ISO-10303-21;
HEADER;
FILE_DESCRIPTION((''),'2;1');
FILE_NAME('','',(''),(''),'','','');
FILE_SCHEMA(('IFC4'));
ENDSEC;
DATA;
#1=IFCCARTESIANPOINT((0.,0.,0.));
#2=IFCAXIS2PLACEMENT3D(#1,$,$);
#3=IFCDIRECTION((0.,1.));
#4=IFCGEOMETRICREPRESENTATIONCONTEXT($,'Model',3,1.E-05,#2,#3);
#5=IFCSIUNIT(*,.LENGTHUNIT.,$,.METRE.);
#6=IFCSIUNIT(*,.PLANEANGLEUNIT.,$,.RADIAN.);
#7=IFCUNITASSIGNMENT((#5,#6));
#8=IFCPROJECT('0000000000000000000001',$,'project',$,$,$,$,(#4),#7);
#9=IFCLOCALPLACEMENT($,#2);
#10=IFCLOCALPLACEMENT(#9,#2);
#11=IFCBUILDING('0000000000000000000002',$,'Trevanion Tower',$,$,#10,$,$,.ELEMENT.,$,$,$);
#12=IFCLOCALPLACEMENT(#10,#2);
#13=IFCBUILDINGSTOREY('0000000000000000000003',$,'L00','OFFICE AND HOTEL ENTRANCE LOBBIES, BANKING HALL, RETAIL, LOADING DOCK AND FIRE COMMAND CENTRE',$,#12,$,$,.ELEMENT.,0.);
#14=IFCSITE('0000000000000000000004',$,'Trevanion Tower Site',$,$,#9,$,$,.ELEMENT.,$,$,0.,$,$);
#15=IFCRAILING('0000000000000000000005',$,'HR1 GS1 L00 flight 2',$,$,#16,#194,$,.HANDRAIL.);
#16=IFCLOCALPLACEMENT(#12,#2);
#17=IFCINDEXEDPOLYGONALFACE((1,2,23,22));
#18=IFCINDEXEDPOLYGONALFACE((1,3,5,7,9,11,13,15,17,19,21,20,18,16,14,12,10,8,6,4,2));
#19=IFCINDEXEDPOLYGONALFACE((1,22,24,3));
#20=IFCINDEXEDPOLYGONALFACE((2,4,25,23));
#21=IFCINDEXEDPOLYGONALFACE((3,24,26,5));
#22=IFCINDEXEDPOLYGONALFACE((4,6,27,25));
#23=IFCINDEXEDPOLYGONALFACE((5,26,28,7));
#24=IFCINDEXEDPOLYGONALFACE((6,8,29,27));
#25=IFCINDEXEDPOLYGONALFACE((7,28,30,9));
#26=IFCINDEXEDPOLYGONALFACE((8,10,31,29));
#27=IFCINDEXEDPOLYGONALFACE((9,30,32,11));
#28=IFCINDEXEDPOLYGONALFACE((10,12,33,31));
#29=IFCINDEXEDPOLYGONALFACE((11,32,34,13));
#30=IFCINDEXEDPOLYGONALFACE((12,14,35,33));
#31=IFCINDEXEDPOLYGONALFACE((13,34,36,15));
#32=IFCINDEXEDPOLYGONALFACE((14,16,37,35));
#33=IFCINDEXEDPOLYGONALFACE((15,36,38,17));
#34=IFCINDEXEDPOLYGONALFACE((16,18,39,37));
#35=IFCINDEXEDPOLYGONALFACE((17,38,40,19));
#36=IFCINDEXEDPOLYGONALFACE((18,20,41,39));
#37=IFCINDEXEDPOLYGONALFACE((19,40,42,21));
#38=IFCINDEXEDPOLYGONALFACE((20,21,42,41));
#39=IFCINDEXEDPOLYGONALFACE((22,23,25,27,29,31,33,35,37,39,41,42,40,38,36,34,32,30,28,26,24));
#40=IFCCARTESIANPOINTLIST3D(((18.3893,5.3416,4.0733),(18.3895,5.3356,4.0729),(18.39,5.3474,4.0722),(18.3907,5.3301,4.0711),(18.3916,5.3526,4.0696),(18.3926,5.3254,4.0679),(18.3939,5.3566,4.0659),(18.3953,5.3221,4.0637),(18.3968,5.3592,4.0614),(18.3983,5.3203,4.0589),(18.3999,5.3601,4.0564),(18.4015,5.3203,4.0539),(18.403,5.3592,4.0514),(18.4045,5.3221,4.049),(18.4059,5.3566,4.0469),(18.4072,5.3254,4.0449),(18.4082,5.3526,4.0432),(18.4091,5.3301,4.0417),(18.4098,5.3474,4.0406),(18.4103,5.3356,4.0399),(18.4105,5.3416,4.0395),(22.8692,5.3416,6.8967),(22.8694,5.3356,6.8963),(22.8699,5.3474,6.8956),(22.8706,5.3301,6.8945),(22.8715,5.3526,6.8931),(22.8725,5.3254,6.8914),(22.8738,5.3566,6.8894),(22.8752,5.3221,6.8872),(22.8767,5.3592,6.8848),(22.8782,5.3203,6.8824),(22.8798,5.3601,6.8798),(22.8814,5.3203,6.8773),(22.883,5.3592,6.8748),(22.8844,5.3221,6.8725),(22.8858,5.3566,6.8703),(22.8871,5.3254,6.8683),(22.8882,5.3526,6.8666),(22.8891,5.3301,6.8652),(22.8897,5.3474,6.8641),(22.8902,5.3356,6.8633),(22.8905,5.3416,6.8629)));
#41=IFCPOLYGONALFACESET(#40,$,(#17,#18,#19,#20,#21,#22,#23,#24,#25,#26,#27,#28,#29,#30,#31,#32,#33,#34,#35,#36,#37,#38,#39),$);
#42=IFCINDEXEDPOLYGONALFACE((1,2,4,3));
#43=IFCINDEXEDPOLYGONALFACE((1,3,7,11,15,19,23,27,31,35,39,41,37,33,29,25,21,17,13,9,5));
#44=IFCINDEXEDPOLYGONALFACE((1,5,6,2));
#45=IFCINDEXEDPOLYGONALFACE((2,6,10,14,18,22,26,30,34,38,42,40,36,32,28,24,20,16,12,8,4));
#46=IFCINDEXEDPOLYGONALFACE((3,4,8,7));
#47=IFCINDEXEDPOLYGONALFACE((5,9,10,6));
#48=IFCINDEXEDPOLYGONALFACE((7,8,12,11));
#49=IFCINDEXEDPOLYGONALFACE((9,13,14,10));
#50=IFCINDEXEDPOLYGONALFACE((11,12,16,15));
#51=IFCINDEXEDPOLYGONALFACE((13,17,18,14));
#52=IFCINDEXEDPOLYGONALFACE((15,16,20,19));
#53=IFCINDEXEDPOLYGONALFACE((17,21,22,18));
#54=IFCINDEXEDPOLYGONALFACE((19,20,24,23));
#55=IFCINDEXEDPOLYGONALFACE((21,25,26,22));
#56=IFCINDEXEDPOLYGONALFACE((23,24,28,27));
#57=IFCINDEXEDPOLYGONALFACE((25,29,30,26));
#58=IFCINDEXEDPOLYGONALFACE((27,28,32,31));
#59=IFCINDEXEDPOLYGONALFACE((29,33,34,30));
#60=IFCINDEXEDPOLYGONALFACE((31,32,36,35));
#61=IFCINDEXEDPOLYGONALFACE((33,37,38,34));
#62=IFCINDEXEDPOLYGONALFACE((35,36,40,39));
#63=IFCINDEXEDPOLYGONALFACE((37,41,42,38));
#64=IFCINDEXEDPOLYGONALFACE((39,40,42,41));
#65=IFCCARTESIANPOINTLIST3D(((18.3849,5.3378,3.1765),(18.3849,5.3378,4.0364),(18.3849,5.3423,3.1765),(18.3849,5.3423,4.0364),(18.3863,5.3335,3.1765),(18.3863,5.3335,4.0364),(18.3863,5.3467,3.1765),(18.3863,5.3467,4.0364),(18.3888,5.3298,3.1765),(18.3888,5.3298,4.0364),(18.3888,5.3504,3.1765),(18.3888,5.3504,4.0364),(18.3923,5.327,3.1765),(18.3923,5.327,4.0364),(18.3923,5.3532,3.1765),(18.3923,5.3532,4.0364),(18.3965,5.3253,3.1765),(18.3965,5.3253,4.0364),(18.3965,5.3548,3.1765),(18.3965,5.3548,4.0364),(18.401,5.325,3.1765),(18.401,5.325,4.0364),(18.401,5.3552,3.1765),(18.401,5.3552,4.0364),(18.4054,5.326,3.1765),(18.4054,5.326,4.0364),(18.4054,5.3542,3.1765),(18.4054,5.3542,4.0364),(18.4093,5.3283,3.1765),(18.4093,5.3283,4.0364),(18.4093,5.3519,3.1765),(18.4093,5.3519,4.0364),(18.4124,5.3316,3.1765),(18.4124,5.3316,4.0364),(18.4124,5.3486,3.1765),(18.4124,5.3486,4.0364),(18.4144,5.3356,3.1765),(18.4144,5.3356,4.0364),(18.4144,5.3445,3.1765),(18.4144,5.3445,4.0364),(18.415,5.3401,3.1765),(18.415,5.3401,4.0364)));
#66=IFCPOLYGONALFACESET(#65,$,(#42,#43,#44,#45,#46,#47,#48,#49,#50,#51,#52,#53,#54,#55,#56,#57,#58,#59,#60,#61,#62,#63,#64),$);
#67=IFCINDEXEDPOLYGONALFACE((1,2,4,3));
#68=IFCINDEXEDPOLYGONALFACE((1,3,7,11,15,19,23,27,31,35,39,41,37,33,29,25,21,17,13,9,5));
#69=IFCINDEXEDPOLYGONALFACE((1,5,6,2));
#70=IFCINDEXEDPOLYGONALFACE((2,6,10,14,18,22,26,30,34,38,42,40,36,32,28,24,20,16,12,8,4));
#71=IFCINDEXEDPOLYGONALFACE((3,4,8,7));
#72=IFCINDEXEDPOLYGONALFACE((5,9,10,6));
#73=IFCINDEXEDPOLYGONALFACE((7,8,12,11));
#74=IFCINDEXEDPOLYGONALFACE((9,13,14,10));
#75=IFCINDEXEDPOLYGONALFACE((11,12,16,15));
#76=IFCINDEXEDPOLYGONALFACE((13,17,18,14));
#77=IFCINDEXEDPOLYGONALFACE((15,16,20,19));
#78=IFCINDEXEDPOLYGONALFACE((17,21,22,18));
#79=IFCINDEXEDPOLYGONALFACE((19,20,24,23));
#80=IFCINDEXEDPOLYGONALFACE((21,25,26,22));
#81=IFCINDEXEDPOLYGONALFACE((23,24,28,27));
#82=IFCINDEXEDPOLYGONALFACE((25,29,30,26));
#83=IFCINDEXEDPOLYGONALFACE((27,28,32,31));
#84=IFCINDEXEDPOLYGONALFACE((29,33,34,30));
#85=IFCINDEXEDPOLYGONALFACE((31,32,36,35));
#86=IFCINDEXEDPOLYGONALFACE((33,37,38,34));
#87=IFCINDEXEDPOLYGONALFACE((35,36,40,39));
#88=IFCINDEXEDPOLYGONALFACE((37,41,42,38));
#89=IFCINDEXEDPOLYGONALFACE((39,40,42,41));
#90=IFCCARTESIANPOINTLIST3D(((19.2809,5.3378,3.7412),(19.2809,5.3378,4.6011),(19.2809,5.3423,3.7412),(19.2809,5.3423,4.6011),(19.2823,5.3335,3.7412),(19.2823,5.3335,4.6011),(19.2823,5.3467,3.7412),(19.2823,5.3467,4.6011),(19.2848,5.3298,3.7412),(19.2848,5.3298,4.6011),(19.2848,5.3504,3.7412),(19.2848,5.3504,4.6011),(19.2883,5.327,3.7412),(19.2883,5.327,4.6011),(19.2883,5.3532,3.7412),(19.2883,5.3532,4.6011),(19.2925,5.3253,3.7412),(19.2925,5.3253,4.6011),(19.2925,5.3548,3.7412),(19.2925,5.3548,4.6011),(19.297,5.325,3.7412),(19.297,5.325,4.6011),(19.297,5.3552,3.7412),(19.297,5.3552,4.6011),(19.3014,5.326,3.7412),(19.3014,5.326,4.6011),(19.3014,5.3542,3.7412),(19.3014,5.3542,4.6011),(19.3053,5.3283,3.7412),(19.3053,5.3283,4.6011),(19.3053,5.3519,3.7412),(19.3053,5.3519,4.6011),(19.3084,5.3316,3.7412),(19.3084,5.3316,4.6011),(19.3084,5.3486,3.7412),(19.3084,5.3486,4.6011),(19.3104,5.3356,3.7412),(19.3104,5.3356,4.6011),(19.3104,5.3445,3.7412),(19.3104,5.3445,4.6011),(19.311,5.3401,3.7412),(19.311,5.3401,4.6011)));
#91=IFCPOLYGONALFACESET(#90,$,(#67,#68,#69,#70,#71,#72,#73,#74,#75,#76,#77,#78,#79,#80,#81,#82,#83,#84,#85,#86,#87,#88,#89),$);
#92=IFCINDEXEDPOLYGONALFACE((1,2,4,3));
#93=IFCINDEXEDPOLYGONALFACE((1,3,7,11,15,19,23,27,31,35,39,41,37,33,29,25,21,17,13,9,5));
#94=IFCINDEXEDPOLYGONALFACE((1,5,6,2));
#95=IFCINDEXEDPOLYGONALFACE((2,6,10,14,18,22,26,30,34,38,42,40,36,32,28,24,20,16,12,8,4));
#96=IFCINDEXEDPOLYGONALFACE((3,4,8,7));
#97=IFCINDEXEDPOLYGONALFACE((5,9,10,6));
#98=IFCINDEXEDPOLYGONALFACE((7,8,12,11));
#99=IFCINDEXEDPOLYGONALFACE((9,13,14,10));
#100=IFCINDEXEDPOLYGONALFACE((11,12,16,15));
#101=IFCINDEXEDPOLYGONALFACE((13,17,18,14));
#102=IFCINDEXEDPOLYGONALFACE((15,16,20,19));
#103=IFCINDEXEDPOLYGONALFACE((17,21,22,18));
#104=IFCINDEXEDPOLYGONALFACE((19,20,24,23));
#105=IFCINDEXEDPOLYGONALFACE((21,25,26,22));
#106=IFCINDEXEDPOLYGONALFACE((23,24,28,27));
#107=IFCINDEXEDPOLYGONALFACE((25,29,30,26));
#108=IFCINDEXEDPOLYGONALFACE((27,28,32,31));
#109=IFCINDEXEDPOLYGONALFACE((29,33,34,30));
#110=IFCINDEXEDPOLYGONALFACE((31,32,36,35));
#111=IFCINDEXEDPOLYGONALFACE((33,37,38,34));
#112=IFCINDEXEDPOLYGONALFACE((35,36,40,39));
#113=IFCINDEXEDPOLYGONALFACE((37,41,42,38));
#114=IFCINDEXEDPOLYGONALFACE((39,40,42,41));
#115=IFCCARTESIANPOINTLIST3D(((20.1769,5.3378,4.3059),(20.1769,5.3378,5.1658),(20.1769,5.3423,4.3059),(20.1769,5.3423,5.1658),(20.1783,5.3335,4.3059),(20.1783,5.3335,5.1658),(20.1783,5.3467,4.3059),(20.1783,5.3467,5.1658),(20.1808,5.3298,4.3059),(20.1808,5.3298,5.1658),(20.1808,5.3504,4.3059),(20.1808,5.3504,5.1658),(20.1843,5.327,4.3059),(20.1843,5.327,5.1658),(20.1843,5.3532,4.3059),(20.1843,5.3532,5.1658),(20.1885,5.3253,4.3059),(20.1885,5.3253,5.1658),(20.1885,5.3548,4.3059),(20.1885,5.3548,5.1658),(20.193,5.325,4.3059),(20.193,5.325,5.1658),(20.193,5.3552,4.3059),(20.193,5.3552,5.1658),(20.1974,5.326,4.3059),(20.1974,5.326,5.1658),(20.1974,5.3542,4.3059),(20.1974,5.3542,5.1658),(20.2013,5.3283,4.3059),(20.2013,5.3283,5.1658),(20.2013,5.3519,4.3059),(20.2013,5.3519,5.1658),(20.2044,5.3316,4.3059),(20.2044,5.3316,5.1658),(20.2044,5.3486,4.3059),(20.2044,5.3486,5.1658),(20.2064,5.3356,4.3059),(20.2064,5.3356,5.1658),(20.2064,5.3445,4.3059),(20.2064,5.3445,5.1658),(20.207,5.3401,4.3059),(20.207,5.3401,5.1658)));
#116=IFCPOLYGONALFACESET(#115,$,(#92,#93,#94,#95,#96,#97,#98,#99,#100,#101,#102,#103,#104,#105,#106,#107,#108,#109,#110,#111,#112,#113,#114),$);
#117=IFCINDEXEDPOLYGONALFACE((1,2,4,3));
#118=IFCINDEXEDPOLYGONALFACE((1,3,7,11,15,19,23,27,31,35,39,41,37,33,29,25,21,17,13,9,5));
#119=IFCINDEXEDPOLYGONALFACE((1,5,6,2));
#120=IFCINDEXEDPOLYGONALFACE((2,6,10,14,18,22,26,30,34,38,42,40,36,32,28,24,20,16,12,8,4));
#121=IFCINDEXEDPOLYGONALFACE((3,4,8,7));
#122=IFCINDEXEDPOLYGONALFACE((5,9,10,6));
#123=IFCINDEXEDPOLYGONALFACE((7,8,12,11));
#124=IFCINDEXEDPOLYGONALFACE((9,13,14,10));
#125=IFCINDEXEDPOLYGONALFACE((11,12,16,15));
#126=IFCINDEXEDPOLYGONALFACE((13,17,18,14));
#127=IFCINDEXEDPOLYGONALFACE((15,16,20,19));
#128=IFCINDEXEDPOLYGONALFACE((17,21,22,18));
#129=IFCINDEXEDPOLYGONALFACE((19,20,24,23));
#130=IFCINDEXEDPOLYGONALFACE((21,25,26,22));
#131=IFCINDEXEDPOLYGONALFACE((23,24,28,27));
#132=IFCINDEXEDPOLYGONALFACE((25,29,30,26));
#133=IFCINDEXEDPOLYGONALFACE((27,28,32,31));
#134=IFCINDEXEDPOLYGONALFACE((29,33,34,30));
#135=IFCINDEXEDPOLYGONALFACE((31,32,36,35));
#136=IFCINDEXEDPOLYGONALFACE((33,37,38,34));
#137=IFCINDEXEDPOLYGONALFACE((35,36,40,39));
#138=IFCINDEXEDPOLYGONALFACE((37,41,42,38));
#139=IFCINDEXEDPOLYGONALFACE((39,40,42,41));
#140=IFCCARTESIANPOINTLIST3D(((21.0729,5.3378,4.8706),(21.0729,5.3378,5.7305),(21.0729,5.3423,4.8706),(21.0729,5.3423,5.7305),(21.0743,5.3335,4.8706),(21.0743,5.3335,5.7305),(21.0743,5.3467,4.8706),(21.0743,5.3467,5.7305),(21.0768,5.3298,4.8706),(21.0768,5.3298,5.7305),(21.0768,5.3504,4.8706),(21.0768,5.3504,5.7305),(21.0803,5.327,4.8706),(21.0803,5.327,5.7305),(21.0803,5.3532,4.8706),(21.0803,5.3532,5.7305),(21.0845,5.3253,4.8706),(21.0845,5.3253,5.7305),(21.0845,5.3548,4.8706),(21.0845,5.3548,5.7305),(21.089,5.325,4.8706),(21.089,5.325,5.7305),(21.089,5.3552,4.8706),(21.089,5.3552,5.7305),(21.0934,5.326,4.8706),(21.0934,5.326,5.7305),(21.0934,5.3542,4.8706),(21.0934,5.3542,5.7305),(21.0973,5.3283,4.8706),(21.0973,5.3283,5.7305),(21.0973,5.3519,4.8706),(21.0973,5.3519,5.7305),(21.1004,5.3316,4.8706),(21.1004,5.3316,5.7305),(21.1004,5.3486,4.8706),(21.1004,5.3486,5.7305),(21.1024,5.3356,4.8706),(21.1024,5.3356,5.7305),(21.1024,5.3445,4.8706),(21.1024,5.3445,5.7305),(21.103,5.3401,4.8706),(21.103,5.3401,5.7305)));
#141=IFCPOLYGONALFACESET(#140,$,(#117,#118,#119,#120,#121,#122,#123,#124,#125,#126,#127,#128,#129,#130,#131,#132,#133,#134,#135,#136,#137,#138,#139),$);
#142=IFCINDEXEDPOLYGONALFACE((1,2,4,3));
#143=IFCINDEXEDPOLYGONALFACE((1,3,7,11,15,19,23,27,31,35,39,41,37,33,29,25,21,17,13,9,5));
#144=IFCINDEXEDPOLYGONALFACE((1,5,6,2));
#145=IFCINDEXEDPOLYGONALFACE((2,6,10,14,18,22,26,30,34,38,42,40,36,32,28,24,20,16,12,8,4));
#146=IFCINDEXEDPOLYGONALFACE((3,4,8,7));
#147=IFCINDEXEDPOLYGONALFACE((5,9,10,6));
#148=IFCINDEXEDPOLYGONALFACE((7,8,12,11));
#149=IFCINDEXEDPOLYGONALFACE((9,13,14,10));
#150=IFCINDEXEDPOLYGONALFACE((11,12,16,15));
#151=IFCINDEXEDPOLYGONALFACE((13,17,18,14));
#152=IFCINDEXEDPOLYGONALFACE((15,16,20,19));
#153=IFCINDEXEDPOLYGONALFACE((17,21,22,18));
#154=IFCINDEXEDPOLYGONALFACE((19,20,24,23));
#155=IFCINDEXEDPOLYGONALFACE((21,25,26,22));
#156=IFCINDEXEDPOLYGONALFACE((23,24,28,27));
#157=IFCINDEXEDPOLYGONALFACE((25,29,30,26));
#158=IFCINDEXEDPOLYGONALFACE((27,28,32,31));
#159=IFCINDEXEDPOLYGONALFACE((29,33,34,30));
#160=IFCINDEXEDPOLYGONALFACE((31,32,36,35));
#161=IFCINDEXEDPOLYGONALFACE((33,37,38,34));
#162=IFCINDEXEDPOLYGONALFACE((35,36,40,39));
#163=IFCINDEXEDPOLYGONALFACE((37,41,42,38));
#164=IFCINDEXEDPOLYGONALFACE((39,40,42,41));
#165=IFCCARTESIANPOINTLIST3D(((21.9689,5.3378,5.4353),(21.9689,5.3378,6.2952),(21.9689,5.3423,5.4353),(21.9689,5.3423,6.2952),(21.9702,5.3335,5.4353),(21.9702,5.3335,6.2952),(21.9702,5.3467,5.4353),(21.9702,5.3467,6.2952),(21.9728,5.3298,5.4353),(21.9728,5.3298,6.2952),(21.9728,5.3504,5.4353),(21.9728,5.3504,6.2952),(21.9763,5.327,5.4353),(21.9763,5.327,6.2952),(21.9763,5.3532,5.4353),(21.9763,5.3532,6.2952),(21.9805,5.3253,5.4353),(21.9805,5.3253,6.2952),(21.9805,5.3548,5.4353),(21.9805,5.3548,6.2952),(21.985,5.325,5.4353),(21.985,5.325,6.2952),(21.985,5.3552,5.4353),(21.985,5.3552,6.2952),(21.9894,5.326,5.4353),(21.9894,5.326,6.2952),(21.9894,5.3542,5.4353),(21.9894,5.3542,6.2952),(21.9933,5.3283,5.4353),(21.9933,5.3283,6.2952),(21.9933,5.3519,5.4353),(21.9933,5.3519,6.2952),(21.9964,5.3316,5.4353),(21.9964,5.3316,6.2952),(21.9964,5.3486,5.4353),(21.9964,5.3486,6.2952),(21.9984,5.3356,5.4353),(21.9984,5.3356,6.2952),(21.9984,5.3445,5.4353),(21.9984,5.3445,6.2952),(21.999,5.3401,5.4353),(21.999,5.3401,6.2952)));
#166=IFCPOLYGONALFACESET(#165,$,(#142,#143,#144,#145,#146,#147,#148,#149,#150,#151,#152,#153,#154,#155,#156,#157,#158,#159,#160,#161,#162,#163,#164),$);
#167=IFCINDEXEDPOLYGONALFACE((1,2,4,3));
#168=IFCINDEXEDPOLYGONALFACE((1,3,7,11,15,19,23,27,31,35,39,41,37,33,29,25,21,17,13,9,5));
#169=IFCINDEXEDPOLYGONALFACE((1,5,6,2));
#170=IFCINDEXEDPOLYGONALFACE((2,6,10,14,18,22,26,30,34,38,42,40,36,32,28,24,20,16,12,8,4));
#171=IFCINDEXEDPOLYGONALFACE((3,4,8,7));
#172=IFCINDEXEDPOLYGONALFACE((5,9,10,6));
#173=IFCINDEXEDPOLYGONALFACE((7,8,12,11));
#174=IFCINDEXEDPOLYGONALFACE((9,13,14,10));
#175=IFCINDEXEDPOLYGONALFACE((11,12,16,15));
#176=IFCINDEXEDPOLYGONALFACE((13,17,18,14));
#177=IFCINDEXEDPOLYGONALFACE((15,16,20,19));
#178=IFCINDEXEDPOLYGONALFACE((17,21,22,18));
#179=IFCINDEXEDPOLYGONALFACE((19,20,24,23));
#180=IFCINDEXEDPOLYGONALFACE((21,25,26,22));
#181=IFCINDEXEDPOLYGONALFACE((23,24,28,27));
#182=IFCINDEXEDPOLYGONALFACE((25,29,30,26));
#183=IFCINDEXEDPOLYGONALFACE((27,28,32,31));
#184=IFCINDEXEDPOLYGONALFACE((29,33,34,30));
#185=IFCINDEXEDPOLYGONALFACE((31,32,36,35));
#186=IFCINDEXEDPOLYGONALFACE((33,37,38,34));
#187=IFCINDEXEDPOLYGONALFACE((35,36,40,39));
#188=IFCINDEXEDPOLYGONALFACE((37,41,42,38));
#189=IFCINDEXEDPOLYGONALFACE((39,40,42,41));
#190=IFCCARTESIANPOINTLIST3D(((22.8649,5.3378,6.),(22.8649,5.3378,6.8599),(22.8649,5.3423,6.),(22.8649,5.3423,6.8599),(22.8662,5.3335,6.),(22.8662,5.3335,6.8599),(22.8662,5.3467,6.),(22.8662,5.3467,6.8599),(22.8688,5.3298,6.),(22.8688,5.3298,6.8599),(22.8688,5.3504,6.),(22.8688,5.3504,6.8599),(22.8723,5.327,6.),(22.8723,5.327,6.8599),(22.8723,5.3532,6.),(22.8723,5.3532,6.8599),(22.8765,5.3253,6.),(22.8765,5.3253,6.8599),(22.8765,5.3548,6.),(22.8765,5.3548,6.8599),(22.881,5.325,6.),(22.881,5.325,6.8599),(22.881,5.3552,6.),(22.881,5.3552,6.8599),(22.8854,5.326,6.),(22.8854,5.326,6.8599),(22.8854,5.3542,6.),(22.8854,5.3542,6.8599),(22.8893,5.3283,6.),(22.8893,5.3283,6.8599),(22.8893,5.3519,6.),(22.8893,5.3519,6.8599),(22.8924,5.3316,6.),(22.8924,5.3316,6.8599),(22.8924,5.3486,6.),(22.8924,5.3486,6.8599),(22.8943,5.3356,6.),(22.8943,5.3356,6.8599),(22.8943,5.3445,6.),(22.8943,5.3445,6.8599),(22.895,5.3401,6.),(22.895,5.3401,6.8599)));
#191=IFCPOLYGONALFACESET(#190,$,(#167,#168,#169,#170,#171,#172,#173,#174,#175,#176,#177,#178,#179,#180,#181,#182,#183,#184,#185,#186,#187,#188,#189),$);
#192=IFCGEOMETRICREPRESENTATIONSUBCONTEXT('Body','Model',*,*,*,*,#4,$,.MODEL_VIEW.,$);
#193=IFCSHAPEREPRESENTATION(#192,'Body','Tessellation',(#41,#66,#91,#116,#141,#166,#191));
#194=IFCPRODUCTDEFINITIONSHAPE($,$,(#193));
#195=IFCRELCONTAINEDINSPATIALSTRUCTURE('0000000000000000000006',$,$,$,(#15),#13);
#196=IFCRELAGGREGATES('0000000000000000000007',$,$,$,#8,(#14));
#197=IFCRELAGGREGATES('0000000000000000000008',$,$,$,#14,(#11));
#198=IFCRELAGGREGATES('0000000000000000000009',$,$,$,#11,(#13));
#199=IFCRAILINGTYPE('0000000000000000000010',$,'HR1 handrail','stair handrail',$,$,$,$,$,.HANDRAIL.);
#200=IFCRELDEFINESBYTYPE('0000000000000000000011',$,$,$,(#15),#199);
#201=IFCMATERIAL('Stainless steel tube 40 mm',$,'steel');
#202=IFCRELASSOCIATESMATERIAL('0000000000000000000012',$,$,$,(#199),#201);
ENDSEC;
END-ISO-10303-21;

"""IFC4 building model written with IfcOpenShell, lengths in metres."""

from ifc_helpers import new_model, si_unit, direction, frame, origin, origin_2d, place, context, subcontext, project, spatial, circle, extrude, material, type_object, element, save


model = new_model("IFC4")

# Units and contexts
model_context = context("Model", 3, precision=1e-05, world=origin(), true_north=direction((0.0, 1.0)))
body_context = subcontext(model_context, "Body", "Model", "MODEL_VIEW")
ifc_project = project(units=[si_unit("LENGTHUNIT", "METRE"), si_unit("PLANEANGLEUNIT", "RADIAN")], contexts=[model_context])

# Site, building, storey
site_placement = place(None, origin())
site = spatial("IfcSite", under=ifc_project, at=site_placement, Name="Trevanion Tower Site", CompositionType="ELEMENT", RefElevation=0.0)
building_placement = place(site_placement, origin())
building = spatial("IfcBuilding", under=site, at=building_placement, Name="Trevanion Tower", CompositionType="ELEMENT")
storey_placement = place(building_placement, origin())
storey = spatial("IfcBuildingStorey", under=building, at=storey_placement, Name="L00", Description="OFFICE AND HOTEL ENTRANCE LOBBIES, BANKING HALL, RETAIL, LOADING DOCK AND FIRE COMMAND CENTRE", CompositionType="ELEMENT", Elevation=0.0)

# Railing
ifc_material_1 = material(Name="Stainless steel tube 40 mm", Category="steel")
railing_type_1 = type_object("IfcRailingType", Name="HR1 handrail", Description="stair handrail", PredefinedType="HANDRAIL", material=ifc_material_1)
railing_1_placement = place(storey_placement, frame((18.3999, 5.3401, 3.1765)))
element("IfcRailing", 1, at=railing_1_placement, inside=storey, type_object=railing_type_1, Name="HR1 GS1 L00 flight 2", PredefinedType="HANDRAIL", context=body_context, shape_type="SweptSolid", body=[
    extrude(circle(Radius=0.02, at=origin_2d()), frame((0.0, 0.0, 0.8799), z_axis=(0.845998, 0.0, 0.533186), x_axis=(0.0, 1.0, 0.0)), (0.0, 0.0, 1.0), 5.2954),
    extrude(circle(Radius=0.0151, at=origin_2d()), origin(), (0.0, 0.0, 1.0), 0.8599),
    extrude(circle(Radius=0.0151, at=origin_2d()), frame((0.896, 0.0, 0.5647)), (0.0, 0.0, 1.0), 0.8599),
    extrude(circle(Radius=0.0151, at=origin_2d()), frame((1.792, 0.0, 1.1294)), (0.0, 0.0, 1.0), 0.8599),
    extrude(circle(Radius=0.0151, at=origin_2d()), frame((2.688, 0.0, 1.6941)), (0.0, 0.0, 1.0), 0.8599),
    extrude(circle(Radius=0.0151, at=origin_2d()), frame((3.584, 0.0, 2.2588)), (0.0, 0.0, 1.0), 0.8599),
    extrude(circle(Radius=0.0151, at=origin_2d()), frame((4.48, 0.0, 2.8235)), (0.0, 0.0, 1.0), 0.8599),
])

save(model, "model.ifc")
